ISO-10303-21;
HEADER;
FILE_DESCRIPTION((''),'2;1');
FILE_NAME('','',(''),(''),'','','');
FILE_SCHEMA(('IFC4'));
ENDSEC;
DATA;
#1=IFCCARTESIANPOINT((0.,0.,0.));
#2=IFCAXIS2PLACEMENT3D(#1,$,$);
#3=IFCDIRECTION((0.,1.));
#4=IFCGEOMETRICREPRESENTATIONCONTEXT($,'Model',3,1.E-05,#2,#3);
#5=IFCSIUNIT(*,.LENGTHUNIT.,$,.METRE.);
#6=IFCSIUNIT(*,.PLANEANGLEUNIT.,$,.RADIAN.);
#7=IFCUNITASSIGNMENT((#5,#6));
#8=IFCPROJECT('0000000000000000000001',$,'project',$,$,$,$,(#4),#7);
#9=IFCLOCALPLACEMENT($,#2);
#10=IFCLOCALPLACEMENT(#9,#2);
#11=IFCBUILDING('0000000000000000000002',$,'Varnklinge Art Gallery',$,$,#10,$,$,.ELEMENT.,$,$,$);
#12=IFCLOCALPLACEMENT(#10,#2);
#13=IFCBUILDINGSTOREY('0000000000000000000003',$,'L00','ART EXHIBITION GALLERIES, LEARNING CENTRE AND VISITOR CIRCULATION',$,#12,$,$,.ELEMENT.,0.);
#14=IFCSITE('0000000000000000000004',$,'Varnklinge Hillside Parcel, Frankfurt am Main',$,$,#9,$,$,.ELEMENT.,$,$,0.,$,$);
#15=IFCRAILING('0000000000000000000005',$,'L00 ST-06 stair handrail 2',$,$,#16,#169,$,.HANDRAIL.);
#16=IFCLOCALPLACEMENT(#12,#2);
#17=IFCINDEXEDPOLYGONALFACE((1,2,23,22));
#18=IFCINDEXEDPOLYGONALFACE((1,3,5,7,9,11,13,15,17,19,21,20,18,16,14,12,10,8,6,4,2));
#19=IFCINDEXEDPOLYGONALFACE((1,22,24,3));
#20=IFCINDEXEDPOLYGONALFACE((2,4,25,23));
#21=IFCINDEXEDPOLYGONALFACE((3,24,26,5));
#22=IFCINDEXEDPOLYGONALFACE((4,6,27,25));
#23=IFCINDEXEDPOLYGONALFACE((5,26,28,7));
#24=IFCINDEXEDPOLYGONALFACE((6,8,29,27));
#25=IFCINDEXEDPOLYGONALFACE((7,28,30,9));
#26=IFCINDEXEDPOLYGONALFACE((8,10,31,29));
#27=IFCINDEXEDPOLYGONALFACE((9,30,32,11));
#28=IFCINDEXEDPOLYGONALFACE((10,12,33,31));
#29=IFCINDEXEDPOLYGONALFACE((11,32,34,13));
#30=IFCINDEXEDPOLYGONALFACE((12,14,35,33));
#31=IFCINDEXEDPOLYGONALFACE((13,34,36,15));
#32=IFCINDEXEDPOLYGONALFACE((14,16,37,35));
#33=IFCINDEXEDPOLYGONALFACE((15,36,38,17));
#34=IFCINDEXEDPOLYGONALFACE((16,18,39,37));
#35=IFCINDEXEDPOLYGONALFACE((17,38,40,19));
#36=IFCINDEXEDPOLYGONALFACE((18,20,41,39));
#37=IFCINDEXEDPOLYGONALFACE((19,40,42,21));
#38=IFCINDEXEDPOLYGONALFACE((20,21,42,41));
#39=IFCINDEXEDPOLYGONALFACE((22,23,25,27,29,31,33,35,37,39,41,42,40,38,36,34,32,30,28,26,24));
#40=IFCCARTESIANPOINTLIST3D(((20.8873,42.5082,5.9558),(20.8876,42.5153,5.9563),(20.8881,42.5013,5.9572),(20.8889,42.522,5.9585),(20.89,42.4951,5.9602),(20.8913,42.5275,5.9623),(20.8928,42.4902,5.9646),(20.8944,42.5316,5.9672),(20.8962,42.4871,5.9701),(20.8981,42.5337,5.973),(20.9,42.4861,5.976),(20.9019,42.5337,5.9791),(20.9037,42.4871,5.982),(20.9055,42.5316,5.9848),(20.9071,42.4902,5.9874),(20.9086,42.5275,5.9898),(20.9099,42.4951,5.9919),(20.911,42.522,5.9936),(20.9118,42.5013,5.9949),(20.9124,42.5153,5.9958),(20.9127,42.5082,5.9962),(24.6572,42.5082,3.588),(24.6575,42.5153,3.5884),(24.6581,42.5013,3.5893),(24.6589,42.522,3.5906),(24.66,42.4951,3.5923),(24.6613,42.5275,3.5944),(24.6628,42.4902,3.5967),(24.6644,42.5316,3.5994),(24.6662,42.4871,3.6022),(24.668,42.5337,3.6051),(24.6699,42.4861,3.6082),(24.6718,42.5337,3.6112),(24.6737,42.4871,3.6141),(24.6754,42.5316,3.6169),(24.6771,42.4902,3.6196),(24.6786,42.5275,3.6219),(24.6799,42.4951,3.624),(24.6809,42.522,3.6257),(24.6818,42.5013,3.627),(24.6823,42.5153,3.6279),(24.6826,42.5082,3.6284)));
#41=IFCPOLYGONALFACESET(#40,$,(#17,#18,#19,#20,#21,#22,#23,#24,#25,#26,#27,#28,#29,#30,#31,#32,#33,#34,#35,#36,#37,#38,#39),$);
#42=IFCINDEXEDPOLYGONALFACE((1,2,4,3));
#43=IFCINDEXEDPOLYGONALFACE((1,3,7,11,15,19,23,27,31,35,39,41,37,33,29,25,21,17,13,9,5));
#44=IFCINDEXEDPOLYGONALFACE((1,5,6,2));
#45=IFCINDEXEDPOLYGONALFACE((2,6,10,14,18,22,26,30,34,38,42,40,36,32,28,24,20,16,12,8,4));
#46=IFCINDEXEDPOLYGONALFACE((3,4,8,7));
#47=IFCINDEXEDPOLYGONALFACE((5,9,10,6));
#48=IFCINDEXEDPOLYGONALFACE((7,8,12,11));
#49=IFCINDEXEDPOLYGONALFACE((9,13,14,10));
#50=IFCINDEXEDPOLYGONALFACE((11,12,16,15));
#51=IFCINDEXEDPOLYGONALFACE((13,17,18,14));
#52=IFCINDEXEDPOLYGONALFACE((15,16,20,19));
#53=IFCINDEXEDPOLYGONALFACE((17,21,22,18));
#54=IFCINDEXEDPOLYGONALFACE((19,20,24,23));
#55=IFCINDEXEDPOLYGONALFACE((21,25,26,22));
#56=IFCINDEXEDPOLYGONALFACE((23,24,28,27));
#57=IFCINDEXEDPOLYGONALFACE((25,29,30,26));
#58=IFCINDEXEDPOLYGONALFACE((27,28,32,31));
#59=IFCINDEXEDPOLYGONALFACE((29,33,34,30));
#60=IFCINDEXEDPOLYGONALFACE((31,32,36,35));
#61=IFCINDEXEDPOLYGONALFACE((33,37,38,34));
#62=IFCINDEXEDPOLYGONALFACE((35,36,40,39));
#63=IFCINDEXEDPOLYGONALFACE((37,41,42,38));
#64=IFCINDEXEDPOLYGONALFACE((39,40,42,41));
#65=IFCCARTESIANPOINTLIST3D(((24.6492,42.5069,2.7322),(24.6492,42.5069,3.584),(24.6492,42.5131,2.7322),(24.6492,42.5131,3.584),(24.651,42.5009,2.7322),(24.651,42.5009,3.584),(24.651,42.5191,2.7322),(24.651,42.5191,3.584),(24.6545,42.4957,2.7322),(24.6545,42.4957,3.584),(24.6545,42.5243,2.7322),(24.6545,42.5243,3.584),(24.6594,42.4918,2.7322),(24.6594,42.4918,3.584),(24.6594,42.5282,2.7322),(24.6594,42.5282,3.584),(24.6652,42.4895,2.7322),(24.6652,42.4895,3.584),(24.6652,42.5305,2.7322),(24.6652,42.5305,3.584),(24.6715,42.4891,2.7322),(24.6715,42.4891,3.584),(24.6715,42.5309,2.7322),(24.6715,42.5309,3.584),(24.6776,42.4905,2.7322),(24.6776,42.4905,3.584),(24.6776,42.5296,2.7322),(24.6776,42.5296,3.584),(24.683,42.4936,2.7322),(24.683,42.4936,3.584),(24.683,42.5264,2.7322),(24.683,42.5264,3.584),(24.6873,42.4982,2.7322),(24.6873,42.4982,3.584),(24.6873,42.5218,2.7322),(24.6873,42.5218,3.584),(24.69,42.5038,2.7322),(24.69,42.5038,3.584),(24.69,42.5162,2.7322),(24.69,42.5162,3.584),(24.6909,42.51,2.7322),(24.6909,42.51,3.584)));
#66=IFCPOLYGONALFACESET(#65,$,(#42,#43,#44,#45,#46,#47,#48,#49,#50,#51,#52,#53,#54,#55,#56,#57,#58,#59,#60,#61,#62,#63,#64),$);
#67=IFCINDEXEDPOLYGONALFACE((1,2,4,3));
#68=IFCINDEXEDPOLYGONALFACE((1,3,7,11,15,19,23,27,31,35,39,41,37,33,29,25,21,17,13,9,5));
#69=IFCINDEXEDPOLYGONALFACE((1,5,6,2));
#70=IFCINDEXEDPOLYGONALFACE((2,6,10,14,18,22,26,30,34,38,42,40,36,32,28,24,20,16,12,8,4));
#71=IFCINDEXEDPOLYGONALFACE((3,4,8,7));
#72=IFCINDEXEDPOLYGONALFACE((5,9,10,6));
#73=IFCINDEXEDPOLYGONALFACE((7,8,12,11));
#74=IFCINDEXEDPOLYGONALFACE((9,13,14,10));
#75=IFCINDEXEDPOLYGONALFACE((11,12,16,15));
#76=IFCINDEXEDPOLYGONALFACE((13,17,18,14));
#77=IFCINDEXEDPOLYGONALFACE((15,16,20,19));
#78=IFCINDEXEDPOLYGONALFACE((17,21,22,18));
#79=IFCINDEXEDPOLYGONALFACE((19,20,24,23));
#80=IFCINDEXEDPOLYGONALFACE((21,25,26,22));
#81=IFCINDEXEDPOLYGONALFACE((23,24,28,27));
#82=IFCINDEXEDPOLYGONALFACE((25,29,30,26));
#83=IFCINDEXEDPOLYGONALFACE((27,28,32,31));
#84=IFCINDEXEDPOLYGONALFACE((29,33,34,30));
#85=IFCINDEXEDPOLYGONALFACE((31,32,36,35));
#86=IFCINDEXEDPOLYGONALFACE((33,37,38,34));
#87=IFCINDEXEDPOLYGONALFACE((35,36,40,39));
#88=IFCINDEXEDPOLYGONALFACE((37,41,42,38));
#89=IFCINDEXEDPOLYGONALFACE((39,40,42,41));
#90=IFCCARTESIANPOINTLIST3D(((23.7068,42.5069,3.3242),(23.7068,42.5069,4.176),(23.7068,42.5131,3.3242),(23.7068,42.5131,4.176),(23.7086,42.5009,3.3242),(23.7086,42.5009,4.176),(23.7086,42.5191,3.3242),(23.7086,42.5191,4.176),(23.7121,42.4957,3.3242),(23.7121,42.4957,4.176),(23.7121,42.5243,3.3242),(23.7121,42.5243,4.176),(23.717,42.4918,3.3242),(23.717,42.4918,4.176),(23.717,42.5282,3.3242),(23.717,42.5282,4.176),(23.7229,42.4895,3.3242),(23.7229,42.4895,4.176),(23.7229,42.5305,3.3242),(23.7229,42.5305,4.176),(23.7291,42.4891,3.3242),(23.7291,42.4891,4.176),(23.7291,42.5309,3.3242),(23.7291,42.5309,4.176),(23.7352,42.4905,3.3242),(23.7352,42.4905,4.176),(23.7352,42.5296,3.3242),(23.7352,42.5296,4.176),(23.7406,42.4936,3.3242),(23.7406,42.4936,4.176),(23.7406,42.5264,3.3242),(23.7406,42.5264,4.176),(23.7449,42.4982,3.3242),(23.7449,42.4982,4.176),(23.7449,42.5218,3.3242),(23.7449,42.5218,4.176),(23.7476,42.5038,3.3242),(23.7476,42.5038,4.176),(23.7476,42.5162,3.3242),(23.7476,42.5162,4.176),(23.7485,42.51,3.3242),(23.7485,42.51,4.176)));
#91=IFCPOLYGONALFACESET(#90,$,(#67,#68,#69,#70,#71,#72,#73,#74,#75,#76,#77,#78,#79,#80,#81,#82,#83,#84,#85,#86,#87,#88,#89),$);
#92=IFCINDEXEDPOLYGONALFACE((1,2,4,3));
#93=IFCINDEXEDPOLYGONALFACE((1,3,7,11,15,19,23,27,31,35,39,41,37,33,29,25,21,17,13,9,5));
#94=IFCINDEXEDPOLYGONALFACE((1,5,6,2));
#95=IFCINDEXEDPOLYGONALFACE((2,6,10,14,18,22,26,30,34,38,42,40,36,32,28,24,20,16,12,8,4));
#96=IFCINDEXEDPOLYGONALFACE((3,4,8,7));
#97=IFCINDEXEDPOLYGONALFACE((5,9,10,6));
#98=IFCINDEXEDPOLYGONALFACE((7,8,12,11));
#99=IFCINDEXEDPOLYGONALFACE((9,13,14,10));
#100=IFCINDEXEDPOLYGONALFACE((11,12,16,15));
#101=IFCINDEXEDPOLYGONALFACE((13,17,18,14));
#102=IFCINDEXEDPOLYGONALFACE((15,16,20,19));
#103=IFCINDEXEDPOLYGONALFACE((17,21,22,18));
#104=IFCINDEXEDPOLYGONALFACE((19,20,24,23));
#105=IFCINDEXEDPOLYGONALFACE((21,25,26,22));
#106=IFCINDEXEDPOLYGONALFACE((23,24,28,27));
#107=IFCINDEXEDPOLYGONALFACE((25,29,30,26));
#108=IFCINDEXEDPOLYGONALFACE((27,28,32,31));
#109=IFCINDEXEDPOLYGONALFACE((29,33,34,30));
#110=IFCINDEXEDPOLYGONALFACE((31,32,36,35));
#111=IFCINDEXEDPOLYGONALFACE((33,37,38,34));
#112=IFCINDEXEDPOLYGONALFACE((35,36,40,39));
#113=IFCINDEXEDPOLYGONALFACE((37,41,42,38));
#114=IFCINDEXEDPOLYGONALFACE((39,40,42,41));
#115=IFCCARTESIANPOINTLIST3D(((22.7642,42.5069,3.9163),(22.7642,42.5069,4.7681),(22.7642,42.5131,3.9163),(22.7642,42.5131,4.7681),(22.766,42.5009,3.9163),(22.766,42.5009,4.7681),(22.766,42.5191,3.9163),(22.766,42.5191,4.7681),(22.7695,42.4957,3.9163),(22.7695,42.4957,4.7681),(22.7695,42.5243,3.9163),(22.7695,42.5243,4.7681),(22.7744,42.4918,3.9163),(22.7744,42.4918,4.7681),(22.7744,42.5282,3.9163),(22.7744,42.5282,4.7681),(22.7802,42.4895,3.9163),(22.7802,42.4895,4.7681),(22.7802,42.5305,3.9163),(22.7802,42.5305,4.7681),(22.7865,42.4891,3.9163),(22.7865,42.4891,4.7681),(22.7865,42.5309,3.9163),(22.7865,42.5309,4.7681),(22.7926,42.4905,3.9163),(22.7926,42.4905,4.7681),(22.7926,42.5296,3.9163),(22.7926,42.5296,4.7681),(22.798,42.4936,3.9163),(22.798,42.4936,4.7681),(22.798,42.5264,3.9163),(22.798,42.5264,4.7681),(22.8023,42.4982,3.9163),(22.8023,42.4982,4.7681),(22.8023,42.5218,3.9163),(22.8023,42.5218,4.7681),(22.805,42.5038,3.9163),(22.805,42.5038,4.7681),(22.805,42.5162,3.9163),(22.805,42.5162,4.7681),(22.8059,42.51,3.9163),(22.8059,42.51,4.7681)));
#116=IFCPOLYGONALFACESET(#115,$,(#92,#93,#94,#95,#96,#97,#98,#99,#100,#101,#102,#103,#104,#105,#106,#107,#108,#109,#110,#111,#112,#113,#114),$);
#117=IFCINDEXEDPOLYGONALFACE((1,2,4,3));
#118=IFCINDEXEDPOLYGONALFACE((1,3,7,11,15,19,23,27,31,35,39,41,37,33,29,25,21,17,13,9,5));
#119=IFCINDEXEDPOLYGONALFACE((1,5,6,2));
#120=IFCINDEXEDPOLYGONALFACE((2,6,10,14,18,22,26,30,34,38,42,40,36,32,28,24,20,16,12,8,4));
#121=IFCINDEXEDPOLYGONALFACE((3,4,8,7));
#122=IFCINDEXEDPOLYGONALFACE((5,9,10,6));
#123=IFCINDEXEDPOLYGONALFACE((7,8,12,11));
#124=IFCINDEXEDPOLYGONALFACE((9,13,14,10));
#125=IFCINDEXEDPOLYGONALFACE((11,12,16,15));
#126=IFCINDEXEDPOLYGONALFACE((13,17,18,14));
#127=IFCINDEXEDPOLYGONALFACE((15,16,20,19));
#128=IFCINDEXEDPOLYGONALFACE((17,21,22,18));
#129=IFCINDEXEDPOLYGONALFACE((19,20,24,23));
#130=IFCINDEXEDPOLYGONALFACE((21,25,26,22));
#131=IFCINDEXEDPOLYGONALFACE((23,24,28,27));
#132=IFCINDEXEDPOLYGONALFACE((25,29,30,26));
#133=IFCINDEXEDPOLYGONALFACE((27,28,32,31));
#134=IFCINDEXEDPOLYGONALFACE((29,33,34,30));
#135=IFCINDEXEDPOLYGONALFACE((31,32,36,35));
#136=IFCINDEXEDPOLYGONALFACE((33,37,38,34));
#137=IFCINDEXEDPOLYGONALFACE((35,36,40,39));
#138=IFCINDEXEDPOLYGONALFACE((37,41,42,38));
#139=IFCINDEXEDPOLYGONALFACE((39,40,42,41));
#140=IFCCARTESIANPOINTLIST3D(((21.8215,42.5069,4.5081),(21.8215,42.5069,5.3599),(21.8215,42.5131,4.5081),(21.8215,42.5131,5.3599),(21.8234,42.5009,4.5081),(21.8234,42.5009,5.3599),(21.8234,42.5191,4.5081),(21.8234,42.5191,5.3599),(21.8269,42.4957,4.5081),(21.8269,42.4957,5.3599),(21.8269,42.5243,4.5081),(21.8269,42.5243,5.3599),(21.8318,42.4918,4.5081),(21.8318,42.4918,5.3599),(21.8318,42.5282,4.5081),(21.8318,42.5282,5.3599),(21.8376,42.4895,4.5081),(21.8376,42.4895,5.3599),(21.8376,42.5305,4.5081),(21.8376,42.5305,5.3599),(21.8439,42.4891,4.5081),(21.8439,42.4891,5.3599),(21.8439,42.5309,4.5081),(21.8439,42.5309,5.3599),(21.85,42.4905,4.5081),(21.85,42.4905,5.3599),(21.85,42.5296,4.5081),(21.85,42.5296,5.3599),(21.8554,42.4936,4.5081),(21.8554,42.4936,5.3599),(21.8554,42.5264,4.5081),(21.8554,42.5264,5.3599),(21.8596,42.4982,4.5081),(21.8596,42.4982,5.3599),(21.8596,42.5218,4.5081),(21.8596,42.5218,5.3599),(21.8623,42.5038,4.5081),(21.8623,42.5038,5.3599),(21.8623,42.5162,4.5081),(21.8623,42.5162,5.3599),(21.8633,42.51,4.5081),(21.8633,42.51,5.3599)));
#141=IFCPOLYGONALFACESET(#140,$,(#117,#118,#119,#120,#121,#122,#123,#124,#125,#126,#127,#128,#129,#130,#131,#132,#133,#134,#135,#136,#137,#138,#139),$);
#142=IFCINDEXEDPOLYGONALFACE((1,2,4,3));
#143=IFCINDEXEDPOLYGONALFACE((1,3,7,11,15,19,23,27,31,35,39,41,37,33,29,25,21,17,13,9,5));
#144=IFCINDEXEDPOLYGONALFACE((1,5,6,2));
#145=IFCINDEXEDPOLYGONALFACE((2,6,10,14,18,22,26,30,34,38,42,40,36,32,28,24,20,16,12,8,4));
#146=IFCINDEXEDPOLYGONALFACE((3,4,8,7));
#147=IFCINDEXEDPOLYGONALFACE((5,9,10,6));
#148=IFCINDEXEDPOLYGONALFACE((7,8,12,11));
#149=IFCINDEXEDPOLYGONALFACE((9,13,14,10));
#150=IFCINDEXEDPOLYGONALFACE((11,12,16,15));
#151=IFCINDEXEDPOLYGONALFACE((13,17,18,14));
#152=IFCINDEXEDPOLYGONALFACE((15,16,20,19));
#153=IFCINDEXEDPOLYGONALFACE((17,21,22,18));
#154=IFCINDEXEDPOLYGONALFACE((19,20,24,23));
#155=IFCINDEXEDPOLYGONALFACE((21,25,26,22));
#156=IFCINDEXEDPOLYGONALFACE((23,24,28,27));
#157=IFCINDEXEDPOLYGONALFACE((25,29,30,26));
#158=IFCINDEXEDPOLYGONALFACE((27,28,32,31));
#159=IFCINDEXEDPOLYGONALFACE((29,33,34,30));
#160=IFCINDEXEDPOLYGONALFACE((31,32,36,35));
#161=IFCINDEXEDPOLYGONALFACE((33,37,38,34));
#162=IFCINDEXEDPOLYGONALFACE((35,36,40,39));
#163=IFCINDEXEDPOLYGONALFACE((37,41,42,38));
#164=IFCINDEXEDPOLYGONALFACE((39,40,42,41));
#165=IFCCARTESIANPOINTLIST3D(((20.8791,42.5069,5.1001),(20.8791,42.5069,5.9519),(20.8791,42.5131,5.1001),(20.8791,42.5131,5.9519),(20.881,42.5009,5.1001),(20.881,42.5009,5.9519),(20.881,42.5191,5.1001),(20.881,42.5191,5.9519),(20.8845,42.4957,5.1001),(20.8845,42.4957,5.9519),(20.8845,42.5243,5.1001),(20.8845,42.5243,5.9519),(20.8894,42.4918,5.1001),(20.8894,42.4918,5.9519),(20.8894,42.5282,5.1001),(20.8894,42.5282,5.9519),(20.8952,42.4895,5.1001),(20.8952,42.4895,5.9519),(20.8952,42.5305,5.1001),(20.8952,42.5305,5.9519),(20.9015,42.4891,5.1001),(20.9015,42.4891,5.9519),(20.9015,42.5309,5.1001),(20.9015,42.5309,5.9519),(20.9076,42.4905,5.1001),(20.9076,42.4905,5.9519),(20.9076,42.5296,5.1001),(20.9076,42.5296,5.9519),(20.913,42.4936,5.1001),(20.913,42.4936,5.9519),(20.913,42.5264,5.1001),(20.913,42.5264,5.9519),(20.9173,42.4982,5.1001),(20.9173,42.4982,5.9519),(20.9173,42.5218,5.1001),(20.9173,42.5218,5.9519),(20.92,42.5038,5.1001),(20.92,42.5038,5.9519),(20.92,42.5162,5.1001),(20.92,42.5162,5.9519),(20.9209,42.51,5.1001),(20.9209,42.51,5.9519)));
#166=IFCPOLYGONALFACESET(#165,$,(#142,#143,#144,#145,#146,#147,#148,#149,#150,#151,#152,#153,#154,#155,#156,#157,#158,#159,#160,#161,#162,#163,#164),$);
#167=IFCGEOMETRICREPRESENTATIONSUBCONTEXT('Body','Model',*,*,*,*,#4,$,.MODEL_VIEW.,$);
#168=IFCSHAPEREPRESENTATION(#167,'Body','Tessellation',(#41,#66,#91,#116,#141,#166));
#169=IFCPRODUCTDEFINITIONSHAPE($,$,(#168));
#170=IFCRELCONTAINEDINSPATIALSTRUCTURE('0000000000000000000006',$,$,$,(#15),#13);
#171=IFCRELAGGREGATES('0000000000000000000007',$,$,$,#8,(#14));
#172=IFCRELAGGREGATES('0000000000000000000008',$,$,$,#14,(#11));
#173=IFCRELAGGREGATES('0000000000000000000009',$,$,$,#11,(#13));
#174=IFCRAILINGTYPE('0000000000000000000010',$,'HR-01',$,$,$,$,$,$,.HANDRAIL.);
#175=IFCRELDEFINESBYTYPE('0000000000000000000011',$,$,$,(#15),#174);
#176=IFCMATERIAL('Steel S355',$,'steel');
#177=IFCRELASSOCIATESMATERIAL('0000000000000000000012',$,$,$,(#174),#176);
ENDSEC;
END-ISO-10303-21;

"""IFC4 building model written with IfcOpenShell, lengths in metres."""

from ifc_helpers import new_model, si_unit, direction, frame, origin, origin_2d, place, context, subcontext, project, spatial, circle, extrude, material, type_object, element, save


model = new_model("IFC4")

# Units and contexts
model_context = context("Model", 3, precision=1e-05, world=origin(), true_north=direction((0.0, 1.0)))
body_context = subcontext(model_context, "Body", "Model", "MODEL_VIEW")
ifc_project = project(units=[si_unit("LENGTHUNIT", "METRE"), si_unit("PLANEANGLEUNIT", "RADIAN")], contexts=[model_context])

# Site, building, storey
site_placement = place(None, origin())
site = spatial("IfcSite", under=ifc_project, at=site_placement, Name="Varnklinge Hillside Parcel, Frankfurt am Main", CompositionType="ELEMENT", RefElevation=0.0)
building_placement = place(site_placement, origin())
building = spatial("IfcBuilding", under=site, at=building_placement, Name="Varnklinge Art Gallery", CompositionType="ELEMENT")
storey_placement = place(building_placement, origin())
storey = spatial("IfcBuildingStorey", under=building, at=storey_placement, Name="L00", Description="ART EXHIBITION GALLERIES, LEARNING CENTRE AND VISITOR CIRCULATION", CompositionType="ELEMENT", Elevation=0.0)

# Railing
ifc_material_1 = material(Name="Steel S355", Category="steel")
railing_type_1 = type_object("IfcRailingType", Name="HR-01", PredefinedType="HANDRAIL", material=ifc_material_1)
railing_1_placement = place(storey_placement, frame((24.6699, 42.51, 2.7322)))
element("IfcRailing", 1, at=railing_1_placement, inside=storey, type_object=railing_type_1, Name="L00 ST-06 stair handrail 2", PredefinedType="HANDRAIL", context=body_context, shape_type="SweptSolid", body=[
    extrude(circle(Radius=0.0239, at=origin_2d()), frame((0.0, 0.0, 0.876), z_axis=(-0.846819, 0.0, 0.531881), x_axis=(0.0, -1.0, 0.0)), (0.0, 0.0, 1.0), 4.4519),
    extrude(circle(Radius=0.021, at=origin_2d()), origin(), (0.0, 0.0, 1.0), 0.8518),
    extrude(circle(Radius=0.021, at=origin_2d()), frame((-0.9424, 0.0, 0.592)), (0.0, 0.0, 1.0), 0.8518),
    extrude(circle(Radius=0.021, at=origin_2d()), frame((-1.885, 0.0, 1.1841)), (0.0, 0.0, 1.0), 0.8518),
    extrude(circle(Radius=0.021, at=origin_2d()), frame((-2.8276, 0.0, 1.7759)), (0.0, 0.0, 1.0), 0.8518),
    extrude(circle(Radius=0.021, at=origin_2d()), frame((-3.77, 0.0, 2.3679)), (0.0, 0.0, 1.0), 0.8518),
])

save(model, "model.ifc")
